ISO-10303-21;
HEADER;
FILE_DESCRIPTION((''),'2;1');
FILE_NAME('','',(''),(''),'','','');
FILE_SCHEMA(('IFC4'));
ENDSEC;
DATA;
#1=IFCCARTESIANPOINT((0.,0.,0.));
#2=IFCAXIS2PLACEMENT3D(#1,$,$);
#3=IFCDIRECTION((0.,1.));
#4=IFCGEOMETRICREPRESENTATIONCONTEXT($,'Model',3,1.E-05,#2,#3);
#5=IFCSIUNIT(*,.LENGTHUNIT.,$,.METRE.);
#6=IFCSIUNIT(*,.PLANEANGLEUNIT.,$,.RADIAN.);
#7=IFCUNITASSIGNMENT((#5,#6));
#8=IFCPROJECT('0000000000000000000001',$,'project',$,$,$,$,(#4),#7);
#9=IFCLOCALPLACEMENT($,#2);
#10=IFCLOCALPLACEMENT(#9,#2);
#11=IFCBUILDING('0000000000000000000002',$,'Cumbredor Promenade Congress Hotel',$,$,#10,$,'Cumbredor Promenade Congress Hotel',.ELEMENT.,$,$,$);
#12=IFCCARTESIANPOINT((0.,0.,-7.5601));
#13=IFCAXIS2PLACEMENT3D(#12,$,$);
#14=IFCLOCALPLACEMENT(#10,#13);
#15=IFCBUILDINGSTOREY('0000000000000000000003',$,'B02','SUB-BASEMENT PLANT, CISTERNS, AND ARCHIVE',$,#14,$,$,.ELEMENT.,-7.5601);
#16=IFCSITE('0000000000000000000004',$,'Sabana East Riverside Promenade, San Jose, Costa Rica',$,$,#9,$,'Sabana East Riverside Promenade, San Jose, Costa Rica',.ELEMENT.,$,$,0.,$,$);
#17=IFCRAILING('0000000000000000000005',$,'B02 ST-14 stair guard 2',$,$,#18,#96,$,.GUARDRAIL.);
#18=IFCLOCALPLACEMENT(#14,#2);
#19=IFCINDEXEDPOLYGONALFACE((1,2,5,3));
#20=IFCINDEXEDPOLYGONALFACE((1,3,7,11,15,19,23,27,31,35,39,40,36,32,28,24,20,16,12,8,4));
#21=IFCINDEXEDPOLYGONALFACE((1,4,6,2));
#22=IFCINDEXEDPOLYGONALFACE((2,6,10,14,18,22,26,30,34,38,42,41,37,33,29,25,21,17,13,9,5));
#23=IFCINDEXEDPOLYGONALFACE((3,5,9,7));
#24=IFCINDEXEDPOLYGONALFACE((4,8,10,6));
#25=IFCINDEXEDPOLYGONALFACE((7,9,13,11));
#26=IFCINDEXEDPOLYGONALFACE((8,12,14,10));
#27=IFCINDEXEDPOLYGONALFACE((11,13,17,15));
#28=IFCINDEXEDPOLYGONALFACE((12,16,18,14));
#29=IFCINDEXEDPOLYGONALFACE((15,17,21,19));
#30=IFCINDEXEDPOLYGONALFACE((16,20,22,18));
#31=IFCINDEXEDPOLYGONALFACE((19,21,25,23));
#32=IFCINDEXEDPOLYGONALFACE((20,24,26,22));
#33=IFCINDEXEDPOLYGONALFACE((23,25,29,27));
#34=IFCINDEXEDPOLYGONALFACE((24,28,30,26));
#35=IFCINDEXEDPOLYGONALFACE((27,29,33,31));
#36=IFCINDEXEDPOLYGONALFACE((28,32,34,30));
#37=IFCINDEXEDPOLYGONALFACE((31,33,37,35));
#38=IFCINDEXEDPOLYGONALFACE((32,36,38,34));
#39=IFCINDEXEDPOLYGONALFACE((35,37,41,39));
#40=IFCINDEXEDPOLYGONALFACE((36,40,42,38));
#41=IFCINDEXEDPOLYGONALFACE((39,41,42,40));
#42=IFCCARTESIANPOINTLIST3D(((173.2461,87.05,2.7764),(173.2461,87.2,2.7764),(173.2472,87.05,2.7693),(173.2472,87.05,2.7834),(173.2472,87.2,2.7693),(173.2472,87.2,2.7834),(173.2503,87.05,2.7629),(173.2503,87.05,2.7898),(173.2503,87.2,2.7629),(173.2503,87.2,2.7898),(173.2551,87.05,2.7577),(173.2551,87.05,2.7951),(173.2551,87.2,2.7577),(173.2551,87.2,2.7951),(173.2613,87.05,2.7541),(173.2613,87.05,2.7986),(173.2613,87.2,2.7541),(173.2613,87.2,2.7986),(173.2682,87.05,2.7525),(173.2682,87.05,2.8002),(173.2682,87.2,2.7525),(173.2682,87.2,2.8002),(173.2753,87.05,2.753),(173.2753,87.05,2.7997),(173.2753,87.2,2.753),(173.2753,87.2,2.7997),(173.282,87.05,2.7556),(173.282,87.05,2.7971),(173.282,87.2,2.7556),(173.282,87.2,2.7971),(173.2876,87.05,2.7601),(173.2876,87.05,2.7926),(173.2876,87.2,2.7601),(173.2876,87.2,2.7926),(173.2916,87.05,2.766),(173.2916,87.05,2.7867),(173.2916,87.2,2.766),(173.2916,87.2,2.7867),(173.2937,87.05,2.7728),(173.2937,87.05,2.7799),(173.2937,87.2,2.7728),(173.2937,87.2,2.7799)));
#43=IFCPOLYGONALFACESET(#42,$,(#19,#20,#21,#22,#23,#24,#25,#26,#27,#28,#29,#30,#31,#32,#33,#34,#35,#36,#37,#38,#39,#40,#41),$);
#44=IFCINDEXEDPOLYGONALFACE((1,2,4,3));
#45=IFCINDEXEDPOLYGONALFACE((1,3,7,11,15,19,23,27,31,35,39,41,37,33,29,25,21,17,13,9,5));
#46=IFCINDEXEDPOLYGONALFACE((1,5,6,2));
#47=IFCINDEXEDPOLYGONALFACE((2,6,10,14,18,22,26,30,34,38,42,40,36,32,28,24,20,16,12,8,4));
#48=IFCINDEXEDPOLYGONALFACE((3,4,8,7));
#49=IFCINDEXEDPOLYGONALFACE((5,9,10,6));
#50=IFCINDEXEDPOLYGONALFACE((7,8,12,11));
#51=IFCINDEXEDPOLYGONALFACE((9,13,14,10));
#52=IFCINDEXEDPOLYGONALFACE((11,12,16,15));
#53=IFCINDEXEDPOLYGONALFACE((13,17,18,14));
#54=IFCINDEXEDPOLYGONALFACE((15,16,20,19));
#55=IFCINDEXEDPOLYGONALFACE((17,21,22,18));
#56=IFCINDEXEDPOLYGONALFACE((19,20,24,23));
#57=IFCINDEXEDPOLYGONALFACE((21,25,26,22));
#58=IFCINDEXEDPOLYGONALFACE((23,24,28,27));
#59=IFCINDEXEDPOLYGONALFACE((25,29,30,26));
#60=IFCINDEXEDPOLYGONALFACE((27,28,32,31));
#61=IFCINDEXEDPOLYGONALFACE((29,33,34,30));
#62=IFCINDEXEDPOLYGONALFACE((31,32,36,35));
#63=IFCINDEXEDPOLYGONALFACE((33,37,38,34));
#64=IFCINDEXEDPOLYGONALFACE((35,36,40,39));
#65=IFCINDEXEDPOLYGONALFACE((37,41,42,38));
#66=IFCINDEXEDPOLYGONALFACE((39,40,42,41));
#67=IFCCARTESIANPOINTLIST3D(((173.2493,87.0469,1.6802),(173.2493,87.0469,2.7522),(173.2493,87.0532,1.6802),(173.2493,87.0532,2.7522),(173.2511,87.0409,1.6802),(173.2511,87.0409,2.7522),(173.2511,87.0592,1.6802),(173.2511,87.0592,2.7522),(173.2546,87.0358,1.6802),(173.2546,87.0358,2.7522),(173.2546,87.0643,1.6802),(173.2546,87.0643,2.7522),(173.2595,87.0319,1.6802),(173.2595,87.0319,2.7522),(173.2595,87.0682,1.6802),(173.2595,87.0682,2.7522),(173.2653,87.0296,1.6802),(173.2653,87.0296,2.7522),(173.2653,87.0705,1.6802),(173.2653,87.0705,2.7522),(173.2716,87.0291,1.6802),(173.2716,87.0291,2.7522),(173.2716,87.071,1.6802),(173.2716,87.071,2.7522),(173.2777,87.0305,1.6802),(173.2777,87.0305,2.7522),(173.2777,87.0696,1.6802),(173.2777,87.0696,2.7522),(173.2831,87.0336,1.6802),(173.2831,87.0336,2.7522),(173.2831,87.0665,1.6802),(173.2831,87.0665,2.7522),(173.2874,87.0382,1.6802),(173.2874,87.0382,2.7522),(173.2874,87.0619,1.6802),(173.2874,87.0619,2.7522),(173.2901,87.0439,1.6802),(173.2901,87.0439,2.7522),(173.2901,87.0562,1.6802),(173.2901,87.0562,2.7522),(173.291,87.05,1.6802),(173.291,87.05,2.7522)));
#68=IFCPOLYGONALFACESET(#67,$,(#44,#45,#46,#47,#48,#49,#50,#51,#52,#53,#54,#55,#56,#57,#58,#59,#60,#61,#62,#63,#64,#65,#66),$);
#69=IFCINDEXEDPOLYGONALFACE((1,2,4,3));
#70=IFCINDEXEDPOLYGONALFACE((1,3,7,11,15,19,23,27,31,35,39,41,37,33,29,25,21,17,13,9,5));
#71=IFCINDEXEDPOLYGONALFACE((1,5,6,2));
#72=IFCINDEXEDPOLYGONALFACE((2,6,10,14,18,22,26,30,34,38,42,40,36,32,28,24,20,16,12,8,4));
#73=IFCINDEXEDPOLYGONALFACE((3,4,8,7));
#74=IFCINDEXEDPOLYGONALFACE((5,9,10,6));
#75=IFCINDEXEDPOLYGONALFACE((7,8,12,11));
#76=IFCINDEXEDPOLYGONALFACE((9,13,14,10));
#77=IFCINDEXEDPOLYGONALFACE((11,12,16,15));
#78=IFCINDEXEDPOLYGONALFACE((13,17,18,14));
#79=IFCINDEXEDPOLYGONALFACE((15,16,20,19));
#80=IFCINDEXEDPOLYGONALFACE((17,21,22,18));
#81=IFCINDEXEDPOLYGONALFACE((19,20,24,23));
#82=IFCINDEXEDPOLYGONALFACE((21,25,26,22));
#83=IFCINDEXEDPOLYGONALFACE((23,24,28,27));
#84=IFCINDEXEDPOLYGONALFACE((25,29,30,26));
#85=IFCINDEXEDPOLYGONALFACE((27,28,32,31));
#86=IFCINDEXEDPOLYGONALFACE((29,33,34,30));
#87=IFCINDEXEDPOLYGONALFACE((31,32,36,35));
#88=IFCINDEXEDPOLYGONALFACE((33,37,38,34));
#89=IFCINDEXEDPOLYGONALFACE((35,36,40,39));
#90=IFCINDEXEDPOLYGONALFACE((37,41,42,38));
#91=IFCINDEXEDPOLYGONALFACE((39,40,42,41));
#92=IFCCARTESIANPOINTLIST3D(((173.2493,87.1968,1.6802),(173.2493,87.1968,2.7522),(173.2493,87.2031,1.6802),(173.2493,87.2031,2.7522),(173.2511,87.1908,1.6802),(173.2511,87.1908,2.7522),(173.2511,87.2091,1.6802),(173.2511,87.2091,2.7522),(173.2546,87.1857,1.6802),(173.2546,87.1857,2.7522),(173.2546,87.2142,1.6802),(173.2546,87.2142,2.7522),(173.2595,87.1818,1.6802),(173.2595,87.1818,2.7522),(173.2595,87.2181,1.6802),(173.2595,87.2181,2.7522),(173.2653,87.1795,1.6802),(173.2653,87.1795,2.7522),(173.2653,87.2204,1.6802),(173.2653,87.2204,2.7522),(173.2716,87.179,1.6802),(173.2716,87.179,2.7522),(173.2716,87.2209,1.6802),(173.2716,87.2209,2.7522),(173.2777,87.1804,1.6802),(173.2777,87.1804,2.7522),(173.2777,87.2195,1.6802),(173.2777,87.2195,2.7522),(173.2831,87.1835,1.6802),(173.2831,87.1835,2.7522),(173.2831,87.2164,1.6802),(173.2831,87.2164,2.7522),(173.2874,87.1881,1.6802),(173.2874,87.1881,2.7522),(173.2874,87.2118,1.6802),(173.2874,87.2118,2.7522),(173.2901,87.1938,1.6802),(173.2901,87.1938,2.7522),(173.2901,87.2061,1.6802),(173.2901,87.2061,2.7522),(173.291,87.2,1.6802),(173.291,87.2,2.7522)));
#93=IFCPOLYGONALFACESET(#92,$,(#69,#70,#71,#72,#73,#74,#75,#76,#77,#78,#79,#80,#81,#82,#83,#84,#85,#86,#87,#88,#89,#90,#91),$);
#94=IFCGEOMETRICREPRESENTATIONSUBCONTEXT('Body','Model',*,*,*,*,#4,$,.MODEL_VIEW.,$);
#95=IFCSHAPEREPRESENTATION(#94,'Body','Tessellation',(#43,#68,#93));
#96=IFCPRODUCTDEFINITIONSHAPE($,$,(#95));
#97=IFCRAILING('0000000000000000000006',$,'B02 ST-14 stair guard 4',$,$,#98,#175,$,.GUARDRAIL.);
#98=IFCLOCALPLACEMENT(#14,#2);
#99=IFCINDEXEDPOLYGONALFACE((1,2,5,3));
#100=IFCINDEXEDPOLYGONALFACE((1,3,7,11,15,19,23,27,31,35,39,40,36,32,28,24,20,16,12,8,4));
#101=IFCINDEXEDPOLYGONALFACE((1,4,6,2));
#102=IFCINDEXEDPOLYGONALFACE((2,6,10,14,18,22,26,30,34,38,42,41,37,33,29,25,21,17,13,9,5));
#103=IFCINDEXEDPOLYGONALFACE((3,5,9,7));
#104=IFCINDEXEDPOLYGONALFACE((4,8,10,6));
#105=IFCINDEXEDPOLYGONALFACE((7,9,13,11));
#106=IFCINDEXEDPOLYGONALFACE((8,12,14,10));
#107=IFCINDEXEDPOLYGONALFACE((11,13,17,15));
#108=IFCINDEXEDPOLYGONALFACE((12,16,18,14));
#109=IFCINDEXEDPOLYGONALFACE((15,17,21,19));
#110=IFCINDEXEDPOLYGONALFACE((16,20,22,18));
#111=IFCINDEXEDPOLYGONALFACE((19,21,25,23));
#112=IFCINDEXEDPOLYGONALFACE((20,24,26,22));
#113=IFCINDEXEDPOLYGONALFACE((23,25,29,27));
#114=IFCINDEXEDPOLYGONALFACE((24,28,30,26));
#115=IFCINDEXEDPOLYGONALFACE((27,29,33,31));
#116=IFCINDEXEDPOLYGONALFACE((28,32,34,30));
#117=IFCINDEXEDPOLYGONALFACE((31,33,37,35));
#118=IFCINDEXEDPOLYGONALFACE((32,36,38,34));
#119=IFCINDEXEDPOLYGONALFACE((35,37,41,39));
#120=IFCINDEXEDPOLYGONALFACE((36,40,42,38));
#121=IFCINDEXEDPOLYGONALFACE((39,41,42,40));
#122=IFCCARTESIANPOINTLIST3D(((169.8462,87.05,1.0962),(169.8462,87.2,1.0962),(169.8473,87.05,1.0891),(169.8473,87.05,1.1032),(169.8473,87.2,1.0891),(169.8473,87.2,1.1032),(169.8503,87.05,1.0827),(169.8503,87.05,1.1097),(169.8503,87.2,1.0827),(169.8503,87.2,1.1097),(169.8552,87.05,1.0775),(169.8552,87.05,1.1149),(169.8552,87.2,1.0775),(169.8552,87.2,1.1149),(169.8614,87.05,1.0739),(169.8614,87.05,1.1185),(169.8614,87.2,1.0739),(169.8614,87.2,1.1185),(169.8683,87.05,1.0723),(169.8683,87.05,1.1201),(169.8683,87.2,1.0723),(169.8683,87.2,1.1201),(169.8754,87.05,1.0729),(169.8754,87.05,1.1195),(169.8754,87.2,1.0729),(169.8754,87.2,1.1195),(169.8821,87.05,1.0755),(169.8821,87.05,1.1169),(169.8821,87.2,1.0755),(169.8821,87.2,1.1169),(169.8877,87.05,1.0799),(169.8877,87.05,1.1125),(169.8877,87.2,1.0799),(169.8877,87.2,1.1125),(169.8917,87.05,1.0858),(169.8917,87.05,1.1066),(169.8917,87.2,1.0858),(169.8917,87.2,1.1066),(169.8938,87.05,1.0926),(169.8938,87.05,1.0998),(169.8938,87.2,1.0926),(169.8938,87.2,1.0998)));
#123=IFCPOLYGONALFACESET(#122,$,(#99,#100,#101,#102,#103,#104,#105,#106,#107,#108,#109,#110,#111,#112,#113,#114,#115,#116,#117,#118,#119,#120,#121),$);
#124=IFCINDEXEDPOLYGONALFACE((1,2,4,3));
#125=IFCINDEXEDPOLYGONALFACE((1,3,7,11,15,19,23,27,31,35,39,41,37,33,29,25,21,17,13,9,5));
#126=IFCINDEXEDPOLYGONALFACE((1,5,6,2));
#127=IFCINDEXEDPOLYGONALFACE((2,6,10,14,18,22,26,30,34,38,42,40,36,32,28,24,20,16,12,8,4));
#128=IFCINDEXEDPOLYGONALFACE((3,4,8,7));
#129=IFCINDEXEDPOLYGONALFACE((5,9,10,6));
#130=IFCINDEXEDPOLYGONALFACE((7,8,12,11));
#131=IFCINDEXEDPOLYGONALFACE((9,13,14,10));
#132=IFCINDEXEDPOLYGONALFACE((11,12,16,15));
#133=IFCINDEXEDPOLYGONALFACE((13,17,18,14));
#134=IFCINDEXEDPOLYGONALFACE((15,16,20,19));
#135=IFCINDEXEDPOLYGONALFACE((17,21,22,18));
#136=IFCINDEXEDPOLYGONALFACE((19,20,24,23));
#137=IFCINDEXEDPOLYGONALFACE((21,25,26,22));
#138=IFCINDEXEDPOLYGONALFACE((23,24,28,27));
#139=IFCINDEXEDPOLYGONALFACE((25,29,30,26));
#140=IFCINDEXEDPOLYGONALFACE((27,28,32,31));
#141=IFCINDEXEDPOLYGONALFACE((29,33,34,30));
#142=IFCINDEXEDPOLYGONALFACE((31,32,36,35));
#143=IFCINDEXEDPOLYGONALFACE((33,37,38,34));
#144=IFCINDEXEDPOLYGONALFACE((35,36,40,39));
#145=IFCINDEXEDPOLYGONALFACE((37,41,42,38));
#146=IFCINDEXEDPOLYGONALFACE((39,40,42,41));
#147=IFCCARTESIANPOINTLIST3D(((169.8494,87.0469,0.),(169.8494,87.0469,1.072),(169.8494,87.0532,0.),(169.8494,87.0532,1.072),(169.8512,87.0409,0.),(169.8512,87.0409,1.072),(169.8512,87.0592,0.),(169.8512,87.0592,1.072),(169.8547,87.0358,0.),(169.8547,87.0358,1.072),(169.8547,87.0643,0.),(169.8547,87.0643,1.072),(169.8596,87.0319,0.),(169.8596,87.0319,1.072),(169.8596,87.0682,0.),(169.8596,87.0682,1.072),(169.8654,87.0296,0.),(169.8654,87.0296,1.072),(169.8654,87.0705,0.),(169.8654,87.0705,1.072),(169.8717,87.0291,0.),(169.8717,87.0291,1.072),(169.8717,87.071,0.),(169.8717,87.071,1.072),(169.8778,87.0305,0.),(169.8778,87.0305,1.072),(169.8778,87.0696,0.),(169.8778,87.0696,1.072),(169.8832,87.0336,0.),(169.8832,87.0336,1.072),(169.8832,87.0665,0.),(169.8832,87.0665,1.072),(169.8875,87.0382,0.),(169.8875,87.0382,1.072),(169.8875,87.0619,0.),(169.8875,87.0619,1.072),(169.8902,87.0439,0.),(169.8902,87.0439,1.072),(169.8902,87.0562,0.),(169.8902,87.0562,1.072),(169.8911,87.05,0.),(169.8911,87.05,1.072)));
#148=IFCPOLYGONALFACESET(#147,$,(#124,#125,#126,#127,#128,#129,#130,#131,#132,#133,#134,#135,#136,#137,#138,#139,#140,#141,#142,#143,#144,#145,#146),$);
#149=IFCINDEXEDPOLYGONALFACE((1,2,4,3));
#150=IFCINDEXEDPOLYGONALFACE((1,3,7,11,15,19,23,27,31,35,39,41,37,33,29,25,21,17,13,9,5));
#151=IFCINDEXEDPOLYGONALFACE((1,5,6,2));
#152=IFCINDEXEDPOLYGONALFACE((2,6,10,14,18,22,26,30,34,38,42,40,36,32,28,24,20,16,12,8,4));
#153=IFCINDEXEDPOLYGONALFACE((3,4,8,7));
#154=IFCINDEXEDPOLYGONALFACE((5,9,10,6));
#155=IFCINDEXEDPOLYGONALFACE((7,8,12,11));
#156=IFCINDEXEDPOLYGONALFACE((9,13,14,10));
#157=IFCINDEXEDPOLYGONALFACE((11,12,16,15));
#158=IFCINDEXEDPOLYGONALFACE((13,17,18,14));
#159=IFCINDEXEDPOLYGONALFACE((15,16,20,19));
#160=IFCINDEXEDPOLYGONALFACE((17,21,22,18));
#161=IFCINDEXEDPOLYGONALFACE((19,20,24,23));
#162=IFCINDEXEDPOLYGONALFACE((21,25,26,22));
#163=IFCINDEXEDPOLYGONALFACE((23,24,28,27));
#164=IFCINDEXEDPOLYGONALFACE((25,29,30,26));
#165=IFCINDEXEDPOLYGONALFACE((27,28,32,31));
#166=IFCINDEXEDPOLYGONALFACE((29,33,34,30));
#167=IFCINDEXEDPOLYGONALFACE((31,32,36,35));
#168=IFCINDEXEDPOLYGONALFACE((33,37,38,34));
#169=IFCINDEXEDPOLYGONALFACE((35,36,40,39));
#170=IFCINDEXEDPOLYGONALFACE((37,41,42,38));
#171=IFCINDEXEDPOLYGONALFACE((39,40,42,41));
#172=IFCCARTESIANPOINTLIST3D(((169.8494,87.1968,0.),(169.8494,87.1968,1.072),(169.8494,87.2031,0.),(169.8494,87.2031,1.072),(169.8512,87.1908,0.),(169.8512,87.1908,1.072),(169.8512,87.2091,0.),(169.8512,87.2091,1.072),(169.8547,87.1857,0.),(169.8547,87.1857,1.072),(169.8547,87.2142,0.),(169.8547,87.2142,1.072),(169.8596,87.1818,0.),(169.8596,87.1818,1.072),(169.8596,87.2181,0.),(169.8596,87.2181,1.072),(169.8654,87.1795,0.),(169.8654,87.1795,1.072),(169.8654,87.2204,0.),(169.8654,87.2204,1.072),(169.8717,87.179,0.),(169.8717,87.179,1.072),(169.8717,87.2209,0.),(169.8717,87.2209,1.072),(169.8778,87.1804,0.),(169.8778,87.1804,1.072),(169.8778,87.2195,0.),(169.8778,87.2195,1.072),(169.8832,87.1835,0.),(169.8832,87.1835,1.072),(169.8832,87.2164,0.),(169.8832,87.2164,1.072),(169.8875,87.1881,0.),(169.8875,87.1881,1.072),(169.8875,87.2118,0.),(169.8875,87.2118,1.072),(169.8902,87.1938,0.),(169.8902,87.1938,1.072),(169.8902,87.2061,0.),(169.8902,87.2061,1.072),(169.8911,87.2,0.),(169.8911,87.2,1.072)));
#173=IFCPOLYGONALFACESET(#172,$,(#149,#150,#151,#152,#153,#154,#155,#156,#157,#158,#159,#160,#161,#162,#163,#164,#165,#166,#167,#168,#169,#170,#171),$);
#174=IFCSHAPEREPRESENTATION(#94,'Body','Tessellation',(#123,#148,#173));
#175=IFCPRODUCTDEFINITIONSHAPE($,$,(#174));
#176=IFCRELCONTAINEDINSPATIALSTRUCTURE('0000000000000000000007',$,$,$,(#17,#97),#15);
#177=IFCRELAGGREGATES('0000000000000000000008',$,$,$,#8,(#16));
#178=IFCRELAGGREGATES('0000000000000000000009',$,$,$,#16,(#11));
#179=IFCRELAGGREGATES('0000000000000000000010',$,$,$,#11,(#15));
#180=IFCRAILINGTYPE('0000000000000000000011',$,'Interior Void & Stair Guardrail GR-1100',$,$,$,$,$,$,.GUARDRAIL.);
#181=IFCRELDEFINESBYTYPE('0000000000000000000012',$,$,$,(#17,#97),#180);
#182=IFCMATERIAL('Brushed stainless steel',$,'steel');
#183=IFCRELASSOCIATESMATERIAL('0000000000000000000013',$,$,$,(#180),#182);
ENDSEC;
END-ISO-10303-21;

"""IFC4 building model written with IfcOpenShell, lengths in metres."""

from ifc_helpers import new_model, si_unit, direction, frame, origin, origin_2d, place, context, subcontext, project, spatial, circle, extrude, material, type_object, element, save


model = new_model("IFC4")

# Units and contexts
model_context = context("Model", 3, precision=1e-05, world=origin(), true_north=direction((0.0, 1.0)))
body_context = subcontext(model_context, "Body", "Model", "MODEL_VIEW")
ifc_project = project(units=[si_unit("LENGTHUNIT", "METRE"), si_unit("PLANEANGLEUNIT", "RADIAN")], contexts=[model_context])

# Site, building, storey
site_placement = place(None, origin())
site = spatial("IfcSite", under=ifc_project, at=site_placement, Name="Sabana East Riverside Promenade, San Jose, Costa Rica", LongName="Sabana East Riverside Promenade, San Jose, Costa Rica", CompositionType="ELEMENT", RefElevation=0.0)
building_placement = place(site_placement, origin())
building = spatial("IfcBuilding", under=site, at=building_placement, Name="Cumbredor Promenade Congress Hotel", LongName="Cumbredor Promenade Congress Hotel", CompositionType="ELEMENT")
storey_placement = place(building_placement, frame((0.0, 0.0, -7.5601)))
storey = spatial("IfcBuildingStorey", under=building, at=storey_placement, Name="B02", Description="SUB-BASEMENT PLANT, CISTERNS, AND ARCHIVE", CompositionType="ELEMENT", Elevation=-7.5601)

# Railings
ifc_material_1 = material(Name="Brushed stainless steel", Category="steel")
railing_type_1 = type_object("IfcRailingType", Name="Interior Void & Stair Guardrail GR-1100", PredefinedType="GUARDRAIL", material=ifc_material_1)
for number, where, name in (
    (1, (173.27, 87.05, 1.6802), "B02 ST-14 stair guard 2"),
    (2, (169.8701, 87.05, 0.0), "B02 ST-14 stair guard 4"),
):
    element("IfcRailing", number, at=place(storey_placement, frame(where)), inside=storey, type_object=railing_type_1, Name=name, PredefinedType="GUARDRAIL", context=body_context, shape_type="SweptSolid", body=[
        extrude(circle(Radius=0.0239, at=origin_2d()), frame((0.0, 0.0, 1.0962), z_axis=(0.0, 1.0, 0.0), x_axis=(-1.0, 0.0, 0.0)), (0.0, 0.0, 1.0), 0.1499),
        extrude(circle(Radius=0.021, at=origin_2d()), origin(), (0.0, 0.0, 1.0), 1.072),
        extrude(circle(Radius=0.021, at=origin_2d()), frame((0.0, 0.1499, 0.0)), (0.0, 0.0, 1.0), 1.072),
    ])

save(model, "model.ifc")
